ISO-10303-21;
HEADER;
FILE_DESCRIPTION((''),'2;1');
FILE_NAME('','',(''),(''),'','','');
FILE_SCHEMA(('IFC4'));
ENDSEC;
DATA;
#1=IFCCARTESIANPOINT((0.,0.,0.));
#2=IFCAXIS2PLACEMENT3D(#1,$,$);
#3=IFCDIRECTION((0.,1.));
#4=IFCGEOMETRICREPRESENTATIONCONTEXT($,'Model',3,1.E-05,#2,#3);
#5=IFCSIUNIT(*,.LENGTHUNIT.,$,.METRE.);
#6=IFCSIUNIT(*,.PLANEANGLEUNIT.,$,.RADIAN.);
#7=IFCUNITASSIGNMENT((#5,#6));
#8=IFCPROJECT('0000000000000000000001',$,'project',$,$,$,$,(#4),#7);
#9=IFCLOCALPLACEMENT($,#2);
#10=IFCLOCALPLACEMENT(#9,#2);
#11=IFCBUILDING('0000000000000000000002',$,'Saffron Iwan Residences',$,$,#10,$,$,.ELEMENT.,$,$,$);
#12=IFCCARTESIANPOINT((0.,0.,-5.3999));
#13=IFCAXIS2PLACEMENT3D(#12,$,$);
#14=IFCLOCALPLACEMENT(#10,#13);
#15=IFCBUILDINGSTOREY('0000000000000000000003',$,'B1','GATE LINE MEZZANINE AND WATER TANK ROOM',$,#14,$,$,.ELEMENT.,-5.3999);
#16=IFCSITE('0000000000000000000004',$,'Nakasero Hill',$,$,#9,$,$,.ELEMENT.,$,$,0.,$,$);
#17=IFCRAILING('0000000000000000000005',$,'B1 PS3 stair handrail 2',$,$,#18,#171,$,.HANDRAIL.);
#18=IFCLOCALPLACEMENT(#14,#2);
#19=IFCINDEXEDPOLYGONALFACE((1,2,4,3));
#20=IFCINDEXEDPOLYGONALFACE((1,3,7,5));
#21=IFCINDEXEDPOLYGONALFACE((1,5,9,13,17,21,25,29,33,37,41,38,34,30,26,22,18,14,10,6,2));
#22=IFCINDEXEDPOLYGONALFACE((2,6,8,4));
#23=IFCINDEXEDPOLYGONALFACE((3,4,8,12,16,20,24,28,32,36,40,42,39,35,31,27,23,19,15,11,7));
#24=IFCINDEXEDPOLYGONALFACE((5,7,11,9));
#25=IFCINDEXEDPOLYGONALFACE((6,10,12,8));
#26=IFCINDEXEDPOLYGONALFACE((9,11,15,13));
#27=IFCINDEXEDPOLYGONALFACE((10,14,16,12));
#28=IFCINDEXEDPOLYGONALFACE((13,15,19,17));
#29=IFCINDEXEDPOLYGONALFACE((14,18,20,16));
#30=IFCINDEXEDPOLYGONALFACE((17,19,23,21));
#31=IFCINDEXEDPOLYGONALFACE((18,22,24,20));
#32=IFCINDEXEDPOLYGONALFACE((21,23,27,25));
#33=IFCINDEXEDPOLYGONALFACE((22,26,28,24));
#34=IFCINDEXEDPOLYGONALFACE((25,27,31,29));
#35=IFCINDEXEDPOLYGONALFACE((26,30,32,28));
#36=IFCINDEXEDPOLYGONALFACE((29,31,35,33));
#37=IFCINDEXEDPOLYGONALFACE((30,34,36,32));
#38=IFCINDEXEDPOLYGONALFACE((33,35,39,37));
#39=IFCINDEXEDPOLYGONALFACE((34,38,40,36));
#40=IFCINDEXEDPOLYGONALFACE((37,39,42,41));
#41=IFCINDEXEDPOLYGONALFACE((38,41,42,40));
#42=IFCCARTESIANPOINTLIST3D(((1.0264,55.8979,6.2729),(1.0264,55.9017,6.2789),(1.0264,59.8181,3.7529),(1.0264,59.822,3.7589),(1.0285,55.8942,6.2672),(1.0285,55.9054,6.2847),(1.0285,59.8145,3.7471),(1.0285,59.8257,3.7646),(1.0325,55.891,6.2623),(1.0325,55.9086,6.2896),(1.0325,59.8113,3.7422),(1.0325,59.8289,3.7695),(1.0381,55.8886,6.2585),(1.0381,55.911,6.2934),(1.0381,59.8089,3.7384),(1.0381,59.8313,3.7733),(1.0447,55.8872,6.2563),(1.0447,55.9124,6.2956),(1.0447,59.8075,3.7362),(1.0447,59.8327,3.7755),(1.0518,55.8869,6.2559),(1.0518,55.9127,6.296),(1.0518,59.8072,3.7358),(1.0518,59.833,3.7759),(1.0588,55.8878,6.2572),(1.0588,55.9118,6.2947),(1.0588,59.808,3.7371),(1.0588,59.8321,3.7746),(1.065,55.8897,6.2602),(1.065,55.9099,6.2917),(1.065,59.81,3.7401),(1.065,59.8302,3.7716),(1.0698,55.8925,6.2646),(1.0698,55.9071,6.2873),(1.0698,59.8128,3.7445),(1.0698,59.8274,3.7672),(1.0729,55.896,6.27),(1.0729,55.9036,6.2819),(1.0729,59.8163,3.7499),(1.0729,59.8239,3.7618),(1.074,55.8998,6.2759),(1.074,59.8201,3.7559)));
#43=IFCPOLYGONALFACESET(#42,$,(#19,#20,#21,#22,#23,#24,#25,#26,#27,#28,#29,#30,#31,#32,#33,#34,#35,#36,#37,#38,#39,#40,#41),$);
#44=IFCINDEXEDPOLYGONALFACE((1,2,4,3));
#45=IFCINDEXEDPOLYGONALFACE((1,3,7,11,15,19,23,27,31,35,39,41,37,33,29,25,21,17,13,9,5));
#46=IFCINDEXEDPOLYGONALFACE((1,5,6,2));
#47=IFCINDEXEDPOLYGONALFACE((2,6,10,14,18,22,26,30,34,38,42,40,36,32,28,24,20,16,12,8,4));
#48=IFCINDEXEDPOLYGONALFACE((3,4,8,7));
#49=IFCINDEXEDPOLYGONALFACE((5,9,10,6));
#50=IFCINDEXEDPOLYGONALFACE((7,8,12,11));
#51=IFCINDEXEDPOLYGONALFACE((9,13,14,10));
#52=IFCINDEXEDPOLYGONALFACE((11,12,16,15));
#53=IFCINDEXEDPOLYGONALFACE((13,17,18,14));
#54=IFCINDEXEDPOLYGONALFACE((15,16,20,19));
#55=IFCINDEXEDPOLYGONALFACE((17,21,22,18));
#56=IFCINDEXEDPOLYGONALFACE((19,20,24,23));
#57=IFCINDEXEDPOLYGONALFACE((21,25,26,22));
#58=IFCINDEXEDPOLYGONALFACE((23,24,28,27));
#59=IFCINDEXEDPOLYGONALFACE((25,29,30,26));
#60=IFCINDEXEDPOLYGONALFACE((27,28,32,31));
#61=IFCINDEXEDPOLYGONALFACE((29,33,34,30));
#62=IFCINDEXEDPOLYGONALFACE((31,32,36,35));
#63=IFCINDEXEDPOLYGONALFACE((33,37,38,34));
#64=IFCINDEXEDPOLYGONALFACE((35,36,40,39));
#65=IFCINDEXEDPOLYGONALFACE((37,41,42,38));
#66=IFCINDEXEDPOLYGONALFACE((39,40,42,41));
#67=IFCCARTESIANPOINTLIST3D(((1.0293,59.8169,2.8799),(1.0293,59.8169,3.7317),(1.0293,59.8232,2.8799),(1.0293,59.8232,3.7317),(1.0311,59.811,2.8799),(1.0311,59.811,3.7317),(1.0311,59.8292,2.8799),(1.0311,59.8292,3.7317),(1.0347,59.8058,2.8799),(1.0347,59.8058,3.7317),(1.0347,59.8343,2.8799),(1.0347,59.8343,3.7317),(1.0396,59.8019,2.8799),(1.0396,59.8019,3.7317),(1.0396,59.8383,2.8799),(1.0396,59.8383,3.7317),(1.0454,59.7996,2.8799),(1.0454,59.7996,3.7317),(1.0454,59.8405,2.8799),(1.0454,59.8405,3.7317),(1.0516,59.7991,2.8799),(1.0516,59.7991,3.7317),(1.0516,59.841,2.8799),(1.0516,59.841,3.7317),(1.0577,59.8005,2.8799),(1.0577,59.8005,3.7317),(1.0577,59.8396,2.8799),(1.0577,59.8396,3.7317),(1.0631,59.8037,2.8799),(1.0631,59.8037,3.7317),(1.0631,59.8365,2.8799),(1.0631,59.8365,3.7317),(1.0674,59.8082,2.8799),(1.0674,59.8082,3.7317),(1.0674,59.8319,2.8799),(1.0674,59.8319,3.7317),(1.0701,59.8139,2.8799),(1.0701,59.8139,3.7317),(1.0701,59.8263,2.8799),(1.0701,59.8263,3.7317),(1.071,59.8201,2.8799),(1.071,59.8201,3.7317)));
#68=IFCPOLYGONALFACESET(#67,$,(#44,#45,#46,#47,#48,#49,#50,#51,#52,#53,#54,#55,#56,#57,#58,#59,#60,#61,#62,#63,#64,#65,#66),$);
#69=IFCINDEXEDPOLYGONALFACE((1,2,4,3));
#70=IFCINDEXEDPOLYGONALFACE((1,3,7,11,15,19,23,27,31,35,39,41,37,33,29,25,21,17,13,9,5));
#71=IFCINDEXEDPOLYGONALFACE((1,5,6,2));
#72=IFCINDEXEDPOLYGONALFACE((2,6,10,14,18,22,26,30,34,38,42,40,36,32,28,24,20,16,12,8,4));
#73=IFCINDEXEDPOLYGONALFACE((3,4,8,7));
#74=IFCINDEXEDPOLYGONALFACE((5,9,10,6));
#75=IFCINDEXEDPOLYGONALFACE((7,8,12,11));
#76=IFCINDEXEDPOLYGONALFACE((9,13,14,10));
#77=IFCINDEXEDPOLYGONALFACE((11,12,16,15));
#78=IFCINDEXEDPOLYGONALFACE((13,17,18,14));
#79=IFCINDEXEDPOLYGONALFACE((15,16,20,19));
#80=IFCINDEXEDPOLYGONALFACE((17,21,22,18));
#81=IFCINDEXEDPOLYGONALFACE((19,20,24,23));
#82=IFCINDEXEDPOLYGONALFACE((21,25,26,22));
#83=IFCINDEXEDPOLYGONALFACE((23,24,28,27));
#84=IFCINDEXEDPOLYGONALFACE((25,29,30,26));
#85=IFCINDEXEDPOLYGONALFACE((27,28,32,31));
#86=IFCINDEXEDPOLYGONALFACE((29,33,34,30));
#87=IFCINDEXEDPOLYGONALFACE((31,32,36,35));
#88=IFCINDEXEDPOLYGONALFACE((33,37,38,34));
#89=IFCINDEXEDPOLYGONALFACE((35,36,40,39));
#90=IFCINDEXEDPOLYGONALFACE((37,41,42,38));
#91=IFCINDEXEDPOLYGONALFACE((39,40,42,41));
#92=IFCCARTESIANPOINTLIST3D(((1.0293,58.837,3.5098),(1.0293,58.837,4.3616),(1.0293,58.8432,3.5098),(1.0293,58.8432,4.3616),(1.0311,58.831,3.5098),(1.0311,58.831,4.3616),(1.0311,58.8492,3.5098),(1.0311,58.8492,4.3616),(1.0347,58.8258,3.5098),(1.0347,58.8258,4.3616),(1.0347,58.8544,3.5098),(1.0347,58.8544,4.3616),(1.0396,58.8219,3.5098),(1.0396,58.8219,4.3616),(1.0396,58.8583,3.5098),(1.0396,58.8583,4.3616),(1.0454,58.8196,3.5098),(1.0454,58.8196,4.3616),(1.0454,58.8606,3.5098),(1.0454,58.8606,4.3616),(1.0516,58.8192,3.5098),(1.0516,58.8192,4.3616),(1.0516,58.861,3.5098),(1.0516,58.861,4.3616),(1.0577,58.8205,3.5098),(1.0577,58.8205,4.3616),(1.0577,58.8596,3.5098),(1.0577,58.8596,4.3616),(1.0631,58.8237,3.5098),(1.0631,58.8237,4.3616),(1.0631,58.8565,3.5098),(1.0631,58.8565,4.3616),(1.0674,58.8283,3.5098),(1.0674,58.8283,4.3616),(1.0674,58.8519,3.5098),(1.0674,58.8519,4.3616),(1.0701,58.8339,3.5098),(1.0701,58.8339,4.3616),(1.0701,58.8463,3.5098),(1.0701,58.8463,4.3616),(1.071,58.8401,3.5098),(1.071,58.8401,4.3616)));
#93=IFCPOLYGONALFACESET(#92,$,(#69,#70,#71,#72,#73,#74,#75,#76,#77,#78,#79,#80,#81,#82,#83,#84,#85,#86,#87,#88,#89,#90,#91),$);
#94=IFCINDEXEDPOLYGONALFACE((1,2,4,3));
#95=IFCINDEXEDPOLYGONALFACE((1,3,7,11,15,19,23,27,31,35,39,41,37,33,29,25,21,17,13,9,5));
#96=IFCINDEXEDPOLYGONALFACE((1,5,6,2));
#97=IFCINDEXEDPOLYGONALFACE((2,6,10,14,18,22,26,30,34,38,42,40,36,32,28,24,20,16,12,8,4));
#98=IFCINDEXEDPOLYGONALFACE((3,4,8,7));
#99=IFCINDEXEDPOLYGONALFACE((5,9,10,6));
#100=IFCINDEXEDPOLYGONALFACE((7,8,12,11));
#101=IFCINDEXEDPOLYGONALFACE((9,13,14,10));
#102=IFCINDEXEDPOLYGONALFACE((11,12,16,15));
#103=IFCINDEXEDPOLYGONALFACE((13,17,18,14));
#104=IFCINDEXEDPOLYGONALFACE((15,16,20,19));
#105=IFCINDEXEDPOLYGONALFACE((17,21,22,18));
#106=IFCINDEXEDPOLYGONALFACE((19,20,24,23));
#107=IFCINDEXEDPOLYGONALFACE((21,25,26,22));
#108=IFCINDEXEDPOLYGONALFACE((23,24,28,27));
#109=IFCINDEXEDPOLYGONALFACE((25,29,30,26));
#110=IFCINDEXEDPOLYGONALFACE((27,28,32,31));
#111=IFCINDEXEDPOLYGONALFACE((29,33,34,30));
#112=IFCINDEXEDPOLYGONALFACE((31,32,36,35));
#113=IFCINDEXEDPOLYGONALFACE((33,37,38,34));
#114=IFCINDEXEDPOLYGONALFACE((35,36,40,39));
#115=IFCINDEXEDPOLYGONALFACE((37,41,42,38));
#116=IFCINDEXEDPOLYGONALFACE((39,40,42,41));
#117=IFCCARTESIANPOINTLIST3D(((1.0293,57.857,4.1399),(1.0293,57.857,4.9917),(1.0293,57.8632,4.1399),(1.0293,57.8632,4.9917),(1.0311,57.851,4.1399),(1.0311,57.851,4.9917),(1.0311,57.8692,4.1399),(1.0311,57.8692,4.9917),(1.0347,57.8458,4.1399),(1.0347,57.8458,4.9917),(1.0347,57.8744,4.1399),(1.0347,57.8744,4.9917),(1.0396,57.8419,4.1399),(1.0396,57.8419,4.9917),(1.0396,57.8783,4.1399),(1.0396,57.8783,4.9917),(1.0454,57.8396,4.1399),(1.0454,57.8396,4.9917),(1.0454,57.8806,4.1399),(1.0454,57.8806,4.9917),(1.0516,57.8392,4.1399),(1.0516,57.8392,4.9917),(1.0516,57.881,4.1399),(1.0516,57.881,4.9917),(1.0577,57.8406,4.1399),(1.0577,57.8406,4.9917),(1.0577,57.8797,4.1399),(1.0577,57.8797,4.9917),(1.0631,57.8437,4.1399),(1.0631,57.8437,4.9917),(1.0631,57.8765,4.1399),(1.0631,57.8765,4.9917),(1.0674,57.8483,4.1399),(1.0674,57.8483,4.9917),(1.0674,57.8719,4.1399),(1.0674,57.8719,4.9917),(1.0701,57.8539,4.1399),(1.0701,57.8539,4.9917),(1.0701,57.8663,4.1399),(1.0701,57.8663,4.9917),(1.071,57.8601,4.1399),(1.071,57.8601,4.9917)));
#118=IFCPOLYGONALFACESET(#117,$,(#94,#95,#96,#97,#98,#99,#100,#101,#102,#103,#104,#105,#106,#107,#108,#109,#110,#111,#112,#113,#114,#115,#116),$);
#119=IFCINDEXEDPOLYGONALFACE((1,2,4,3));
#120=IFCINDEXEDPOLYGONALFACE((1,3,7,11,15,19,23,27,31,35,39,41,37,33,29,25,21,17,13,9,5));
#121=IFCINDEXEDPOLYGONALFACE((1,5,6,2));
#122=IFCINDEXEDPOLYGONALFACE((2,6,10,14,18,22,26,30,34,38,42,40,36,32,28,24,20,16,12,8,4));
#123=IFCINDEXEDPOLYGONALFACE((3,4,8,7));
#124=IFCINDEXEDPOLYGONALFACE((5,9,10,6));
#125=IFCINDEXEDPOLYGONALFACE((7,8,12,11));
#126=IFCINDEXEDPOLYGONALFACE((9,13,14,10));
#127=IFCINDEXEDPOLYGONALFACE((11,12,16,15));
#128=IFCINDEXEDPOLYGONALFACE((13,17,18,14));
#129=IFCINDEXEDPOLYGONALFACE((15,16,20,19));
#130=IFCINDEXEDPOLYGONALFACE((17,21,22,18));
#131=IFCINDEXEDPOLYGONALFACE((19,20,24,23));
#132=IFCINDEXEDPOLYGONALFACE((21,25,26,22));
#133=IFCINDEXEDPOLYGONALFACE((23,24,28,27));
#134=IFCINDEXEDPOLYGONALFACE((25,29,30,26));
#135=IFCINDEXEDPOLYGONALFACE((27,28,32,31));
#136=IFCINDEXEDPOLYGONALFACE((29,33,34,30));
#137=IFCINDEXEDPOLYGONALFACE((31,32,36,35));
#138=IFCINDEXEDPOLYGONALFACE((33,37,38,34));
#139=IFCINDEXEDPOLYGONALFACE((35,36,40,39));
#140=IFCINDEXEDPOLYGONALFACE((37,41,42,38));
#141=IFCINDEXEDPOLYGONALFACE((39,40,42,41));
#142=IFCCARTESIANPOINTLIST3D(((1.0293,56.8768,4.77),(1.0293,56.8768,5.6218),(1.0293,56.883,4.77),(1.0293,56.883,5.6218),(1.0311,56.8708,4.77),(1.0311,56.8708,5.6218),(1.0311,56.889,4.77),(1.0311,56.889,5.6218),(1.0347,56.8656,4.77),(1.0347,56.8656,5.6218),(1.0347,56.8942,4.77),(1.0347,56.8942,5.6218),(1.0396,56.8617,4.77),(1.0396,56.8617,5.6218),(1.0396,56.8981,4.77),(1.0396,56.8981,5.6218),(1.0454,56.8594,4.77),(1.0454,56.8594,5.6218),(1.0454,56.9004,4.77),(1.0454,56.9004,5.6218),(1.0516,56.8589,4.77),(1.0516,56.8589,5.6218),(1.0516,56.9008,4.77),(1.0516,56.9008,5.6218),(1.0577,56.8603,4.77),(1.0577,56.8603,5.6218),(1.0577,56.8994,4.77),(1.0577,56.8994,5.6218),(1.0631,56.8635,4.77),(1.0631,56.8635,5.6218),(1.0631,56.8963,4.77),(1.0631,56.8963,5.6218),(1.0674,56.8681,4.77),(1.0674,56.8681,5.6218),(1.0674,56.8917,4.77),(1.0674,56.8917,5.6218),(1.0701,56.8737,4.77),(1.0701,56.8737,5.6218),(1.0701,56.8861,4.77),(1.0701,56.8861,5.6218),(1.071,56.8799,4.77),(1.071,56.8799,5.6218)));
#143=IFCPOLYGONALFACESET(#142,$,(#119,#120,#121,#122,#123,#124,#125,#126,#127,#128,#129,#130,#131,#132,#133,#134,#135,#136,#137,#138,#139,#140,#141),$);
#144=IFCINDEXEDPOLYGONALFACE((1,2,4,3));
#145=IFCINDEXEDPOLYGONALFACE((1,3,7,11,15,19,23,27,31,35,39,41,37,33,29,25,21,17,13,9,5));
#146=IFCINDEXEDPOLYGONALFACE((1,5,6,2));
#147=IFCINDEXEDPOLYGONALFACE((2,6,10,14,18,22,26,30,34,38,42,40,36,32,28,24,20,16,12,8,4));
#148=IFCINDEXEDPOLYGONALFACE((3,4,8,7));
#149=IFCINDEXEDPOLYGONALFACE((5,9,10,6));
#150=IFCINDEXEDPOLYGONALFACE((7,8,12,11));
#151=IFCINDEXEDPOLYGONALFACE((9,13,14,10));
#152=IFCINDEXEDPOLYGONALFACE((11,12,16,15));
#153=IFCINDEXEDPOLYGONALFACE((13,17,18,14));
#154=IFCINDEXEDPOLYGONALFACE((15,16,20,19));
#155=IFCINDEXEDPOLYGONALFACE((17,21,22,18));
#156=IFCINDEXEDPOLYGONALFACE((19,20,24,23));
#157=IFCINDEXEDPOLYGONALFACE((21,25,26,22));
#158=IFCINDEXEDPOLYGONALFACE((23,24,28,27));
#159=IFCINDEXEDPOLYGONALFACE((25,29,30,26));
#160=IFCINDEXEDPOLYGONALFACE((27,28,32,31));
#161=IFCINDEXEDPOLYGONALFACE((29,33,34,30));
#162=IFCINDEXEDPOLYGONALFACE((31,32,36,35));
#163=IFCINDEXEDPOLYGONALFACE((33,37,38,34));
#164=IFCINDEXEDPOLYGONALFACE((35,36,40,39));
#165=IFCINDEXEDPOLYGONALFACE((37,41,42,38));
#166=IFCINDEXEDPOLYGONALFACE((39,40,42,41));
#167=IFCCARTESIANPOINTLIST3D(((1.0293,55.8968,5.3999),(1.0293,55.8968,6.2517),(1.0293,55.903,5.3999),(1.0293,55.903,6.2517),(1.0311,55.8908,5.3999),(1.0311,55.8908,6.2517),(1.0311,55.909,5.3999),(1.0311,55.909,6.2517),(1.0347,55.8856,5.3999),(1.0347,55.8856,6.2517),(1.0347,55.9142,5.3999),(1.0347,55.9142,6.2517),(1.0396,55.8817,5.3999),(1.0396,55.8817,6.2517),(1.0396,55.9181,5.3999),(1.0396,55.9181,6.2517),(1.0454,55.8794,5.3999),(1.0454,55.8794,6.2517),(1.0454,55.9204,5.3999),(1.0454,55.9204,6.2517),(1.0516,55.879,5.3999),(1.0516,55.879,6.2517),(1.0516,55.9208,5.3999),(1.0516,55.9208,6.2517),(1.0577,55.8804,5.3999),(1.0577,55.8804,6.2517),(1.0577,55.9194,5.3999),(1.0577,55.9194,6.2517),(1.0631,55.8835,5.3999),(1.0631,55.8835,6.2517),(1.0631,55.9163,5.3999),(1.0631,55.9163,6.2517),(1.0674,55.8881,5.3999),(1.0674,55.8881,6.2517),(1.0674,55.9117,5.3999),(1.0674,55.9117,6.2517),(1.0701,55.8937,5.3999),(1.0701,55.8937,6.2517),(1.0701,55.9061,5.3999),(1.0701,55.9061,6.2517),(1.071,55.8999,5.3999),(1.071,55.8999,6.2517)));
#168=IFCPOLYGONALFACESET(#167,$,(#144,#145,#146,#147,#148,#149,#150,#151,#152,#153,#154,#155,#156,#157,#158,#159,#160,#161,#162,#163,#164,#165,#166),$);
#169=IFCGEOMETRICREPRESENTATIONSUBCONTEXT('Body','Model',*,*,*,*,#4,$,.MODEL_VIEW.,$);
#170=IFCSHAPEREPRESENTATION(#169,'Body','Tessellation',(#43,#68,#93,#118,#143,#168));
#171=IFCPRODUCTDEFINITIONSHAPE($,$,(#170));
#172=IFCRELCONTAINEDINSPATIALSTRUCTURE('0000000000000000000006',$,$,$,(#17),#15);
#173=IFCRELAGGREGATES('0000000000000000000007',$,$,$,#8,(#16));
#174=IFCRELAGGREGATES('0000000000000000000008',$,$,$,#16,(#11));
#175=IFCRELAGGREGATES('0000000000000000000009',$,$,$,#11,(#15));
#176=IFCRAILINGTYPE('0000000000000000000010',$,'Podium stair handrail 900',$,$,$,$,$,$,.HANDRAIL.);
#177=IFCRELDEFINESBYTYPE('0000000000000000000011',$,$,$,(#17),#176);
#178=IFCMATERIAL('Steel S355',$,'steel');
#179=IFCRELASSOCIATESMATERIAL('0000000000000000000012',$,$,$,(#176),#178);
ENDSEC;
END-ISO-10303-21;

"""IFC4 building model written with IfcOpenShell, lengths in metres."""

from ifc_helpers import new_model, si_unit, direction, frame, origin, origin_2d, place, context, subcontext, project, spatial, circle, extrude, material, type_object, element, save


model = new_model("IFC4")

# Units and contexts
model_context = context("Model", 3, precision=1e-05, world=origin(), true_north=direction((0.0, 1.0)))
body_context = subcontext(model_context, "Body", "Model", "MODEL_VIEW")
ifc_project = project(units=[si_unit("LENGTHUNIT", "METRE"), si_unit("PLANEANGLEUNIT", "RADIAN")], contexts=[model_context])

# Site, building, storey
site_placement = place(None, origin())
site = spatial("IfcSite", under=ifc_project, at=site_placement, Name="Nakasero Hill", CompositionType="ELEMENT", RefElevation=0.0)
building_placement = place(site_placement, origin())
building = spatial("IfcBuilding", under=site, at=building_placement, Name="Saffron Iwan Residences", CompositionType="ELEMENT")
storey_placement = place(building_placement, frame((0.0, 0.0, -5.3999)))
storey = spatial("IfcBuildingStorey", under=building, at=storey_placement, Name="B1", Description="GATE LINE MEZZANINE AND WATER TANK ROOM", CompositionType="ELEMENT", Elevation=-5.3999)

# Railing
ifc_material_1 = material(Name="Steel S355", Category="steel")
railing_type_1 = type_object("IfcRailingType", Name="Podium stair handrail 900", PredefinedType="HANDRAIL", material=ifc_material_1)
railing_1_placement = place(storey_placement, frame((1.05, 59.8201, 2.8799)))
element("IfcRailing", 1, at=railing_1_placement, inside=storey, type_object=railing_type_1, Name="B1 PS3 stair handrail 2", PredefinedType="HANDRAIL", context=body_context, shape_type="SweptSolid", body=[
    extrude(circle(Radius=0.0239, at=origin_2d()), frame((0.0, 0.0, 0.876), z_axis=(0.0, -0.841187, 0.540744), x_axis=(1.0, 0.0, 0.0)), (0.0, 0.0, 1.0), 4.6604),
    extrude(circle(Radius=0.021, at=origin_2d()), origin(), (0.0, 0.0, 1.0), 0.8518),
    extrude(circle(Radius=0.021, at=origin_2d()), frame((0.0, -0.98, 0.6299)), (0.0, 0.0, 1.0), 0.8518),
    extrude(circle(Radius=0.021, at=origin_2d()), frame((0.0, -1.96, 1.26)), (0.0, 0.0, 1.0), 0.8518),
    extrude(circle(Radius=0.021, at=origin_2d()), frame((0.0, -2.9402, 1.8901)), (0.0, 0.0, 1.0), 0.8518),
    extrude(circle(Radius=0.021, at=origin_2d()), frame((0.0, -3.9202, 2.52)), (0.0, 0.0, 1.0), 0.8518),
])

save(model, "model.ifc")
